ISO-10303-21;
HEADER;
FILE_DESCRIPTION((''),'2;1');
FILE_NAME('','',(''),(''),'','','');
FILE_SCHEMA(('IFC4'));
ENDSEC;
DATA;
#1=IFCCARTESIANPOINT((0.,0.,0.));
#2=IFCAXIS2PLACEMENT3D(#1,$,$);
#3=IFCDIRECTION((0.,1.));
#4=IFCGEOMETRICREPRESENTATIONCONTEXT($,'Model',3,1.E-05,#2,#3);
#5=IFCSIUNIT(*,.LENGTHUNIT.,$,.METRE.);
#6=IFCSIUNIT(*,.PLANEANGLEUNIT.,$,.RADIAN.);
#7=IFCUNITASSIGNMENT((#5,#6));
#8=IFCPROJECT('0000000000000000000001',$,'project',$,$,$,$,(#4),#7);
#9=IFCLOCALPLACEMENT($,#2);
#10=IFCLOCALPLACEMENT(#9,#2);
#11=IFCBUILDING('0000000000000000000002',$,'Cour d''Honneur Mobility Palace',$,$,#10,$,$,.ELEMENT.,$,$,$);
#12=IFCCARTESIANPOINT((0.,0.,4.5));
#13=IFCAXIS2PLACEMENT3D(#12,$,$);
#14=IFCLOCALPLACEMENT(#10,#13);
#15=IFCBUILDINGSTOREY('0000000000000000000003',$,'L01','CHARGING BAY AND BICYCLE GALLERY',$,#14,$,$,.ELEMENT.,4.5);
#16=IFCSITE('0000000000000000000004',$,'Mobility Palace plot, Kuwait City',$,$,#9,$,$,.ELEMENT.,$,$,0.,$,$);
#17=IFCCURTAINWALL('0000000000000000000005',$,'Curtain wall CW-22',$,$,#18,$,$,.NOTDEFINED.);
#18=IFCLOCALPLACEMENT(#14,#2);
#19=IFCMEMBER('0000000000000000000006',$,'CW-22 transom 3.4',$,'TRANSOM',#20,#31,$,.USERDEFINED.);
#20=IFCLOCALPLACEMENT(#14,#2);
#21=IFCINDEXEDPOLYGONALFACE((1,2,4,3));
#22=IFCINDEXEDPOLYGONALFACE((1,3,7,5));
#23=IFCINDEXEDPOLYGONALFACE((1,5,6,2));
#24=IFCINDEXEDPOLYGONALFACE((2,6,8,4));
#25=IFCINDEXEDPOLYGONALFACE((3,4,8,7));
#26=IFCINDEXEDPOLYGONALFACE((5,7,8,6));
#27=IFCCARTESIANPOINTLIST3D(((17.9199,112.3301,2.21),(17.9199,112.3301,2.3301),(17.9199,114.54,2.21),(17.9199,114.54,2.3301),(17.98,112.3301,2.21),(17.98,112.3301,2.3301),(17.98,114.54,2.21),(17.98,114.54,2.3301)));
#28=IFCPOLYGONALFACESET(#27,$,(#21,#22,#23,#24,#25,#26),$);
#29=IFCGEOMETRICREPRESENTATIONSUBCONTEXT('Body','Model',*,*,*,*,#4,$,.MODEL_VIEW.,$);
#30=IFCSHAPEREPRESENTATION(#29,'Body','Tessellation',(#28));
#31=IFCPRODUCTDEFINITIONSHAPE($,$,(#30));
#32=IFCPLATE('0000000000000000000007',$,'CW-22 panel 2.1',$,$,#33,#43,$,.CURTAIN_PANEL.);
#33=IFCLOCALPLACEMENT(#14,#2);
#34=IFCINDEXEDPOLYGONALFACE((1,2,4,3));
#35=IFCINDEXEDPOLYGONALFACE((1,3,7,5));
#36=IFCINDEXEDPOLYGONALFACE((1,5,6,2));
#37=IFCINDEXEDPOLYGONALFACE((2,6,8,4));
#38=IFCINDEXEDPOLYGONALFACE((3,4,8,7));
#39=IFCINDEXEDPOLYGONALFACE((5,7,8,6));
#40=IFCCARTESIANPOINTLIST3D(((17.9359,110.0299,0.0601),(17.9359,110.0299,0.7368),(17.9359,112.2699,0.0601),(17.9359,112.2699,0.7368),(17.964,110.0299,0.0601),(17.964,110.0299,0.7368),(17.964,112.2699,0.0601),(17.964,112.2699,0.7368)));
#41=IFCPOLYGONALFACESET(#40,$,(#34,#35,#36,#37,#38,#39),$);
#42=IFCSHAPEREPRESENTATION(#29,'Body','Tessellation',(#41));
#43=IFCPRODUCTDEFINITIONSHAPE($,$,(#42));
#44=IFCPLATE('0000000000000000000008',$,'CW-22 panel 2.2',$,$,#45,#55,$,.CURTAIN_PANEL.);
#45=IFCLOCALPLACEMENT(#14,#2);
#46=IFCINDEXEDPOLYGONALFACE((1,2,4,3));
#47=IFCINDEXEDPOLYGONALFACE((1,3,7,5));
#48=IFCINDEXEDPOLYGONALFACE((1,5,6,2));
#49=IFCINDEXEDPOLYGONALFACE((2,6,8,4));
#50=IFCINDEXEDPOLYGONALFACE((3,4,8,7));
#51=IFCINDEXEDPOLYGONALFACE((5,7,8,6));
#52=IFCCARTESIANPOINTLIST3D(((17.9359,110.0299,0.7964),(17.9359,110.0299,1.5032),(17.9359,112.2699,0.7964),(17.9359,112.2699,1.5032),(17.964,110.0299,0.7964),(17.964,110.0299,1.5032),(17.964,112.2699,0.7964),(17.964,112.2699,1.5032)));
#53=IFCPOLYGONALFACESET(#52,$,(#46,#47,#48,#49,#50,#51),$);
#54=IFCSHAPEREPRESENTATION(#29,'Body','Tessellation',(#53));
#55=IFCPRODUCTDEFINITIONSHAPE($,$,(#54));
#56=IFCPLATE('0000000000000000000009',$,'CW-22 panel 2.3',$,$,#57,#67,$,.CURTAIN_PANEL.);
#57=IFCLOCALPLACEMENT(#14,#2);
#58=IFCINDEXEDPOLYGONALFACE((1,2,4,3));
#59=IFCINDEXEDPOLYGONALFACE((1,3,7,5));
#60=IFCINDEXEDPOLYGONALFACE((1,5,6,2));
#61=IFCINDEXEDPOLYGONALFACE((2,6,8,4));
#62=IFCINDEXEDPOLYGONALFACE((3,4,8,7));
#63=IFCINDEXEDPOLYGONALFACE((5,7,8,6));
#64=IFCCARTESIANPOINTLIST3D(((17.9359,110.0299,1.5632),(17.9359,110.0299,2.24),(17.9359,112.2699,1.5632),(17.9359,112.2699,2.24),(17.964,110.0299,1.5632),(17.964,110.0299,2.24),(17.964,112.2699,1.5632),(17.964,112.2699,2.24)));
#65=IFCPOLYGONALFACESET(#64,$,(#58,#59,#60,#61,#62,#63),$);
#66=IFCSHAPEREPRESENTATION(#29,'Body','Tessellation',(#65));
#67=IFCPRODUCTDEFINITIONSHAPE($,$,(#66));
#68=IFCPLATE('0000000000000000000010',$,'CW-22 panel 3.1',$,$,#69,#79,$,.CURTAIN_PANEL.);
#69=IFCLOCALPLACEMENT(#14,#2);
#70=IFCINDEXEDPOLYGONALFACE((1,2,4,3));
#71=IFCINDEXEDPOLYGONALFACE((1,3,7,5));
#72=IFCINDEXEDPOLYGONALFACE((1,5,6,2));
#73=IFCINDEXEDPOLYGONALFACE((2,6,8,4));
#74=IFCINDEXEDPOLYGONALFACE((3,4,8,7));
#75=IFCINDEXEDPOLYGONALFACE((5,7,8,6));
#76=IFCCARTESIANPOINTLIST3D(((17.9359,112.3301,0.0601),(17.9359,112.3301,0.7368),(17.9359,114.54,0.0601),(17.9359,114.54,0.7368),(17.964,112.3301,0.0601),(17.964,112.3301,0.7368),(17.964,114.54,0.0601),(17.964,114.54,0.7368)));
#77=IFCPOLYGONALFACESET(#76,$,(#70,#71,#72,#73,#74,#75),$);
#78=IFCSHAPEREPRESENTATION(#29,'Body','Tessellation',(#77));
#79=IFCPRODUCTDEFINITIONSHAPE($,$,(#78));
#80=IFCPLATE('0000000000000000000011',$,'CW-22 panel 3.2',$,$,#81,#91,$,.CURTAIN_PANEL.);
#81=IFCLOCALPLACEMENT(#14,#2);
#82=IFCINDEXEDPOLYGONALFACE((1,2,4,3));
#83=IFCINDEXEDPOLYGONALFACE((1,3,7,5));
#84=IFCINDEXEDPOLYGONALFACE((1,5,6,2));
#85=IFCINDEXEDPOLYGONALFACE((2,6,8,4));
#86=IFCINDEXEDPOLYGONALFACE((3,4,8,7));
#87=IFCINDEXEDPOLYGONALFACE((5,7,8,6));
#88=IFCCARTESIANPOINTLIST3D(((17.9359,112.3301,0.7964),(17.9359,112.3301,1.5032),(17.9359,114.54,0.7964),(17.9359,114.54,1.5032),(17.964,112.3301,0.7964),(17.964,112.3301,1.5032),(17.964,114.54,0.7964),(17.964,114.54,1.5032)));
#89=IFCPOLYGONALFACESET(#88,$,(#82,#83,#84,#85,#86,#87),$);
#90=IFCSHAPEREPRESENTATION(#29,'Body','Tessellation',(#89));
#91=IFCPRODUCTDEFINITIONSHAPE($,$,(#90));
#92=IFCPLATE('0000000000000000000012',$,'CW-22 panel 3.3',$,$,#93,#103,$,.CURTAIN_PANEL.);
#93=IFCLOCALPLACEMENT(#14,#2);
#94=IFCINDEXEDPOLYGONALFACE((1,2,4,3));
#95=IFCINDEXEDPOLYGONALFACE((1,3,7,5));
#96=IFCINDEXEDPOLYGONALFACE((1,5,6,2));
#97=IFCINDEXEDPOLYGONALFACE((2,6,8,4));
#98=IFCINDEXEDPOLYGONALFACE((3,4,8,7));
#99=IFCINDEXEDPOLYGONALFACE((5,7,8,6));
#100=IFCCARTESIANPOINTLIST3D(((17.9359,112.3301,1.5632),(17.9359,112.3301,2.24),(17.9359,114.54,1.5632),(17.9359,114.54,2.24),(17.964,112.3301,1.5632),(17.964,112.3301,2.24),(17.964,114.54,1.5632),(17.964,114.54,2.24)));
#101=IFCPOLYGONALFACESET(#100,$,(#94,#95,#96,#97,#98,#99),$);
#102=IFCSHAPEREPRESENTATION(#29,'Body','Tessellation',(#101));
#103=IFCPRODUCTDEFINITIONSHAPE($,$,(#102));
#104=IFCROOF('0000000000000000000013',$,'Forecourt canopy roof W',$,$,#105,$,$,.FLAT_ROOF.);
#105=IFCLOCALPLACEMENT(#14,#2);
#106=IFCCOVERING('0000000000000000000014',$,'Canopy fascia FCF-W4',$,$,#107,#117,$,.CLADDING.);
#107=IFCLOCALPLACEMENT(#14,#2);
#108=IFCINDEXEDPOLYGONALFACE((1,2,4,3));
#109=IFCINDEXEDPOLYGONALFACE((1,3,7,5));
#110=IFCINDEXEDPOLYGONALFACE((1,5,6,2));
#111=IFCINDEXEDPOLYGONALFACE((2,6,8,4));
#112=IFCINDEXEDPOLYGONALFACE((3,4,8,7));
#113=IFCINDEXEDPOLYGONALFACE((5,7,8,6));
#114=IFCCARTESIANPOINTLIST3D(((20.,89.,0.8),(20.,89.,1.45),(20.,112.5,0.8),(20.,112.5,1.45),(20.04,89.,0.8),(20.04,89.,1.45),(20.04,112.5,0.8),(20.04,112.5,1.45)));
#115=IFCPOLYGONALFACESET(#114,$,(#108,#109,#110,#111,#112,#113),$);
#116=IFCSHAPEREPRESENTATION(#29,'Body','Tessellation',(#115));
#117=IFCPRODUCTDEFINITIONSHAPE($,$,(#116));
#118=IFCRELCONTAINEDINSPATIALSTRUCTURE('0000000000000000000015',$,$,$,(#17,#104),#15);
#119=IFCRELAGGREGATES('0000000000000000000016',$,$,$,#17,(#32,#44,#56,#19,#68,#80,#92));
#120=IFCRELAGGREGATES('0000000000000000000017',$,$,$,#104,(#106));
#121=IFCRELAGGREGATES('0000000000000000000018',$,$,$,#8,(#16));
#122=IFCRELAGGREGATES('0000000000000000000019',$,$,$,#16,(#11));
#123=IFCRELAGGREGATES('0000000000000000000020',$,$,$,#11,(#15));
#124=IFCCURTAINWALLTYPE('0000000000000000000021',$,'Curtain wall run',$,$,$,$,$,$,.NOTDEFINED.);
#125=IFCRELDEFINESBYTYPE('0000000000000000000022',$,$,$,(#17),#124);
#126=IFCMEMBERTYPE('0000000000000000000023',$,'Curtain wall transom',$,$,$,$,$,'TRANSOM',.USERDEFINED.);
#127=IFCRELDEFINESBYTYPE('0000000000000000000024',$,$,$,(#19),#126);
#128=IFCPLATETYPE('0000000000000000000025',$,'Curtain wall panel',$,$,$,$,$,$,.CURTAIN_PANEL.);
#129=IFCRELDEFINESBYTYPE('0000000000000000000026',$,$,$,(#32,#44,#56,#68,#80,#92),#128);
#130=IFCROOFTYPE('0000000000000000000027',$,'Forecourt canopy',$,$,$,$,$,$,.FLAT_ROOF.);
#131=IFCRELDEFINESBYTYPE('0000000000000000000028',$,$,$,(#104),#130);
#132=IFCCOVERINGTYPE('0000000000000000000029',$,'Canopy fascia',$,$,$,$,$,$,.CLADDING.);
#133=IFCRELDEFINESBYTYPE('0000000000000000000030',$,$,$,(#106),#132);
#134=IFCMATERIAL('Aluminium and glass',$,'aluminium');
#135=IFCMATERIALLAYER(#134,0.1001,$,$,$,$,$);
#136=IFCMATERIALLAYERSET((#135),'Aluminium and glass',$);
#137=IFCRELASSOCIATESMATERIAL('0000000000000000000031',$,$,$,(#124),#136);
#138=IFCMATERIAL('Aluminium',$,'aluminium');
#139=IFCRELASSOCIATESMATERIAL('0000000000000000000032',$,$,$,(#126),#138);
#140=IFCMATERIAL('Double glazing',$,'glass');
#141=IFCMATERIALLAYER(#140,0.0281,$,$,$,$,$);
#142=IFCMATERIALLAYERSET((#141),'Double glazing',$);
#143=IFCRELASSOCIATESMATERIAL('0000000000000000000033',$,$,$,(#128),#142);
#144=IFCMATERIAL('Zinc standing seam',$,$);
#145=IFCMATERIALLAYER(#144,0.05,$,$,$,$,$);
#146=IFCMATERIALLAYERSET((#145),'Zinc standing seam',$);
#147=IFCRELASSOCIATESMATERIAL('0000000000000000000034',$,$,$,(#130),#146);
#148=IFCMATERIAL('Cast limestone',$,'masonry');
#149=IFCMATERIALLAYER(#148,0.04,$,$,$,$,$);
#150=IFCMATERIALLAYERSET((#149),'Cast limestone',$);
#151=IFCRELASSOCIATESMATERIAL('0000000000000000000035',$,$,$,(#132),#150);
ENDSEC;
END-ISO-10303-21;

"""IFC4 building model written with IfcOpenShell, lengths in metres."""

from ifc_helpers import new_model, si_unit, direction, frame, origin, origin_2d, place, context, subcontext, project, spatial, polyline, rectangle, outline, extrude, material, layer, layer_set, material_profile, profile_set, type_object, element, aggregate, save


model = new_model("IFC4")

# Units and contexts
model_context = context("Model", 3, precision=1e-05, world=origin(), true_north=direction((0.0, 1.0)))
body_context = subcontext(model_context, "Body", "Model", "MODEL_VIEW")
ifc_project = project(units=[si_unit("LENGTHUNIT", "METRE"), si_unit("PLANEANGLEUNIT", "RADIAN")], contexts=[model_context])

# Site, building, storey
site_placement = place(None, origin())
site = spatial("IfcSite", under=ifc_project, at=site_placement, Name="Mobility Palace plot, Kuwait City", CompositionType="ELEMENT", RefElevation=0.0)
building_placement = place(site_placement, origin())
building = spatial("IfcBuilding", under=site, at=building_placement, Name="Cour d'Honneur Mobility Palace", CompositionType="ELEMENT")
storey_placement = place(building_placement, frame((0.0, 0.0, 4.5)))
storey = spatial("IfcBuildingStorey", under=building, at=storey_placement, Name="L01", Description="CHARGING BAY AND BICYCLE GALLERY", CompositionType="ELEMENT", Elevation=4.5)

# Curtain wall, member, plates
ifc_material_1 = material(Name="Aluminium and glass", Category="aluminium")
ifc_layer_1 = layer(ifc_material_1, 0.1001)
ifc_layer_set_1 = layer_set([ifc_layer_1], Name="Aluminium and glass")
curtain_wall_type = type_object("IfcCurtainWallType", Name="Curtain wall run", PredefinedType="NOTDEFINED", material=ifc_layer_set_1)
curtain_wall_placement = place(storey_placement, origin())
curtain_wall = element("IfcCurtainWall", 1, at=curtain_wall_placement, inside=storey, type_object=curtain_wall_type, Name="Curtain wall CW-22", PredefinedType="NOTDEFINED")
ifc_material_2 = material(Name="Aluminium", Category="aluminium")
ifc_material_profile_1 = material_profile(ifc_material_2, rectangle(XDim=0.0601, YDim=0.1201, at=origin_2d()), Name="Curtain wall transom")
ifc_profile_set_1 = profile_set([ifc_material_profile_1], Name="Aluminium")
member_type_1 = type_object("IfcMemberType", Name="Curtain wall transom", ElementType="TRANSOM", PredefinedType="USERDEFINED", material=ifc_profile_set_1)
member_1_placement = place(storey_placement, frame((17.95, 112.3301, 2.27), z_axis=(0.0, 1.0, 0.0), x_axis=(-1.0, 0.0, 0.0)))
member_1 = element("IfcMember", 2, at=member_1_placement, type_object=member_type_1, Name="CW-22 transom 3.4", ObjectType="TRANSOM", PredefinedType="USERDEFINED", context=body_context, shape_type="SweptSolid", body=[
    extrude(rectangle(XDim=0.0601, YDim=0.1201, at=origin_2d()), origin(), (0.0, 0.0, 1.0), 2.21),
])
ifc_material_3 = material(Name="Double glazing", Category="glass")
ifc_layer_2 = layer(ifc_material_3, 0.0281)
ifc_layer_set_2 = layer_set([ifc_layer_2], Name="Double glazing")
plate_type = type_object("IfcPlateType", Name="Curtain wall panel", PredefinedType="CURTAIN_PANEL", material=ifc_layer_set_2)
plate_1_placement = place(storey_placement, frame((17.95, 111.1499, 0.0601), z_axis=(0.0, 0.0, 1.0), x_axis=(0.0, 1.0, 0.0)))
plate_1 = element("IfcPlate", 3, at=plate_1_placement, type_object=plate_type, Name="CW-22 panel 2.1", PredefinedType="CURTAIN_PANEL", context=body_context, shape_type="SweptSolid", body=[
    extrude(rectangle(XDim=2.24, YDim=0.0281, at=origin_2d()), origin(), (0.0, 0.0, 1.0), 0.6768),
])
plate_2_placement = place(storey_placement, frame((17.95, 111.1499, 0.7964), z_axis=(0.0, 0.0, 1.0), x_axis=(0.0, 1.0, 0.0)))
plate_2 = element("IfcPlate", 4, at=plate_2_placement, type_object=plate_type, Name="CW-22 panel 2.2", PredefinedType="CURTAIN_PANEL", context=body_context, shape_type="SweptSolid", body=[
    extrude(rectangle(XDim=2.24, YDim=0.0281, at=origin_2d()), origin(), (0.0, 0.0, 1.0), 0.7068),
])
plate_3_placement = place(storey_placement, frame((17.95, 111.1499, 1.5632), z_axis=(0.0, 0.0, 1.0), x_axis=(0.0, 1.0, 0.0)))
plate_3 = element("IfcPlate", 5, at=plate_3_placement, type_object=plate_type, Name="CW-22 panel 2.3", PredefinedType="CURTAIN_PANEL", context=body_context, shape_type="SweptSolid", body=[
    extrude(rectangle(XDim=2.24, YDim=0.0281, at=origin_2d()), origin(), (0.0, 0.0, 1.0), 0.6768),
])
plate_4_placement = place(storey_placement, frame((17.95, 113.4351, 0.0601), z_axis=(0.0, 0.0, 1.0), x_axis=(0.0, 1.0, 0.0)))
plate_4 = element("IfcPlate", 6, at=plate_4_placement, type_object=plate_type, Name="CW-22 panel 3.1", PredefinedType="CURTAIN_PANEL", context=body_context, shape_type="SweptSolid", body=[
    extrude(rectangle(XDim=2.21, YDim=0.0281, at=origin_2d()), origin(), (0.0, 0.0, 1.0), 0.6768),
])
plate_5_placement = place(storey_placement, frame((17.95, 113.4351, 0.7964), z_axis=(0.0, 0.0, 1.0), x_axis=(0.0, 1.0, 0.0)))
plate_5 = element("IfcPlate", 7, at=plate_5_placement, type_object=plate_type, Name="CW-22 panel 3.2", PredefinedType="CURTAIN_PANEL", context=body_context, shape_type="SweptSolid", body=[
    extrude(rectangle(XDim=2.21, YDim=0.0281, at=origin_2d()), origin(), (0.0, 0.0, 1.0), 0.7068),
])
plate_6_placement = place(storey_placement, frame((17.95, 113.4351, 1.5632), z_axis=(0.0, 0.0, 1.0), x_axis=(0.0, 1.0, 0.0)))
plate_6 = element("IfcPlate", 8, at=plate_6_placement, type_object=plate_type, Name="CW-22 panel 3.3", PredefinedType="CURTAIN_PANEL", context=body_context, shape_type="SweptSolid", body=[
    extrude(rectangle(XDim=2.21, YDim=0.0281, at=origin_2d()), origin(), (0.0, 0.0, 1.0), 0.6768),
])
aggregate(curtain_wall, [plate_1, plate_2, plate_3, member_1, plate_4, plate_5, plate_6])

# Roof, covering
ifc_material_4 = material(Name="Zinc standing seam")
ifc_layer_3 = layer(ifc_material_4, 0.05)
ifc_layer_set_3 = layer_set([ifc_layer_3], Name="Zinc standing seam")
roof_type = type_object("IfcRoofType", Name="Forecourt canopy", PredefinedType="FLAT_ROOF", material=ifc_layer_set_3)
roof_placement = place(storey_placement, origin())
roof = element("IfcRoof", 9, at=roof_placement, inside=storey, type_object=roof_type, Name="Forecourt canopy roof W", PredefinedType="FLAT_ROOF")
ifc_material_5 = material(Name="Cast limestone", Category="masonry")
ifc_layer_4 = layer(ifc_material_5, 0.04)
ifc_layer_set_4 = layer_set([ifc_layer_4], Name="Cast limestone")
covering_type = type_object("IfcCoveringType", Name="Canopy fascia", PredefinedType="CLADDING", material=ifc_layer_set_4)
covering_placement = place(storey_placement, frame((20.0, 112.5, 0.8), z_axis=(-1.0, 0.0, 0.0), x_axis=(0.0, -1.0, 0.0)))
covering = element("IfcCovering", 10, at=covering_placement, type_object=covering_type, Name="Canopy fascia FCF-W4", PredefinedType="CLADDING", context=body_context, shape_type="SweptSolid", body=[
    extrude(outline(polyline([(0.0, 0.0), (23.5, 0.0), (23.5, 0.6499), (0.0, 0.6499), (0.0, 0.0)])), origin(), (0.0, 0.0, -1.0), 0.04),
])
aggregate(roof, [covering])

save(model, "model.ifc")
